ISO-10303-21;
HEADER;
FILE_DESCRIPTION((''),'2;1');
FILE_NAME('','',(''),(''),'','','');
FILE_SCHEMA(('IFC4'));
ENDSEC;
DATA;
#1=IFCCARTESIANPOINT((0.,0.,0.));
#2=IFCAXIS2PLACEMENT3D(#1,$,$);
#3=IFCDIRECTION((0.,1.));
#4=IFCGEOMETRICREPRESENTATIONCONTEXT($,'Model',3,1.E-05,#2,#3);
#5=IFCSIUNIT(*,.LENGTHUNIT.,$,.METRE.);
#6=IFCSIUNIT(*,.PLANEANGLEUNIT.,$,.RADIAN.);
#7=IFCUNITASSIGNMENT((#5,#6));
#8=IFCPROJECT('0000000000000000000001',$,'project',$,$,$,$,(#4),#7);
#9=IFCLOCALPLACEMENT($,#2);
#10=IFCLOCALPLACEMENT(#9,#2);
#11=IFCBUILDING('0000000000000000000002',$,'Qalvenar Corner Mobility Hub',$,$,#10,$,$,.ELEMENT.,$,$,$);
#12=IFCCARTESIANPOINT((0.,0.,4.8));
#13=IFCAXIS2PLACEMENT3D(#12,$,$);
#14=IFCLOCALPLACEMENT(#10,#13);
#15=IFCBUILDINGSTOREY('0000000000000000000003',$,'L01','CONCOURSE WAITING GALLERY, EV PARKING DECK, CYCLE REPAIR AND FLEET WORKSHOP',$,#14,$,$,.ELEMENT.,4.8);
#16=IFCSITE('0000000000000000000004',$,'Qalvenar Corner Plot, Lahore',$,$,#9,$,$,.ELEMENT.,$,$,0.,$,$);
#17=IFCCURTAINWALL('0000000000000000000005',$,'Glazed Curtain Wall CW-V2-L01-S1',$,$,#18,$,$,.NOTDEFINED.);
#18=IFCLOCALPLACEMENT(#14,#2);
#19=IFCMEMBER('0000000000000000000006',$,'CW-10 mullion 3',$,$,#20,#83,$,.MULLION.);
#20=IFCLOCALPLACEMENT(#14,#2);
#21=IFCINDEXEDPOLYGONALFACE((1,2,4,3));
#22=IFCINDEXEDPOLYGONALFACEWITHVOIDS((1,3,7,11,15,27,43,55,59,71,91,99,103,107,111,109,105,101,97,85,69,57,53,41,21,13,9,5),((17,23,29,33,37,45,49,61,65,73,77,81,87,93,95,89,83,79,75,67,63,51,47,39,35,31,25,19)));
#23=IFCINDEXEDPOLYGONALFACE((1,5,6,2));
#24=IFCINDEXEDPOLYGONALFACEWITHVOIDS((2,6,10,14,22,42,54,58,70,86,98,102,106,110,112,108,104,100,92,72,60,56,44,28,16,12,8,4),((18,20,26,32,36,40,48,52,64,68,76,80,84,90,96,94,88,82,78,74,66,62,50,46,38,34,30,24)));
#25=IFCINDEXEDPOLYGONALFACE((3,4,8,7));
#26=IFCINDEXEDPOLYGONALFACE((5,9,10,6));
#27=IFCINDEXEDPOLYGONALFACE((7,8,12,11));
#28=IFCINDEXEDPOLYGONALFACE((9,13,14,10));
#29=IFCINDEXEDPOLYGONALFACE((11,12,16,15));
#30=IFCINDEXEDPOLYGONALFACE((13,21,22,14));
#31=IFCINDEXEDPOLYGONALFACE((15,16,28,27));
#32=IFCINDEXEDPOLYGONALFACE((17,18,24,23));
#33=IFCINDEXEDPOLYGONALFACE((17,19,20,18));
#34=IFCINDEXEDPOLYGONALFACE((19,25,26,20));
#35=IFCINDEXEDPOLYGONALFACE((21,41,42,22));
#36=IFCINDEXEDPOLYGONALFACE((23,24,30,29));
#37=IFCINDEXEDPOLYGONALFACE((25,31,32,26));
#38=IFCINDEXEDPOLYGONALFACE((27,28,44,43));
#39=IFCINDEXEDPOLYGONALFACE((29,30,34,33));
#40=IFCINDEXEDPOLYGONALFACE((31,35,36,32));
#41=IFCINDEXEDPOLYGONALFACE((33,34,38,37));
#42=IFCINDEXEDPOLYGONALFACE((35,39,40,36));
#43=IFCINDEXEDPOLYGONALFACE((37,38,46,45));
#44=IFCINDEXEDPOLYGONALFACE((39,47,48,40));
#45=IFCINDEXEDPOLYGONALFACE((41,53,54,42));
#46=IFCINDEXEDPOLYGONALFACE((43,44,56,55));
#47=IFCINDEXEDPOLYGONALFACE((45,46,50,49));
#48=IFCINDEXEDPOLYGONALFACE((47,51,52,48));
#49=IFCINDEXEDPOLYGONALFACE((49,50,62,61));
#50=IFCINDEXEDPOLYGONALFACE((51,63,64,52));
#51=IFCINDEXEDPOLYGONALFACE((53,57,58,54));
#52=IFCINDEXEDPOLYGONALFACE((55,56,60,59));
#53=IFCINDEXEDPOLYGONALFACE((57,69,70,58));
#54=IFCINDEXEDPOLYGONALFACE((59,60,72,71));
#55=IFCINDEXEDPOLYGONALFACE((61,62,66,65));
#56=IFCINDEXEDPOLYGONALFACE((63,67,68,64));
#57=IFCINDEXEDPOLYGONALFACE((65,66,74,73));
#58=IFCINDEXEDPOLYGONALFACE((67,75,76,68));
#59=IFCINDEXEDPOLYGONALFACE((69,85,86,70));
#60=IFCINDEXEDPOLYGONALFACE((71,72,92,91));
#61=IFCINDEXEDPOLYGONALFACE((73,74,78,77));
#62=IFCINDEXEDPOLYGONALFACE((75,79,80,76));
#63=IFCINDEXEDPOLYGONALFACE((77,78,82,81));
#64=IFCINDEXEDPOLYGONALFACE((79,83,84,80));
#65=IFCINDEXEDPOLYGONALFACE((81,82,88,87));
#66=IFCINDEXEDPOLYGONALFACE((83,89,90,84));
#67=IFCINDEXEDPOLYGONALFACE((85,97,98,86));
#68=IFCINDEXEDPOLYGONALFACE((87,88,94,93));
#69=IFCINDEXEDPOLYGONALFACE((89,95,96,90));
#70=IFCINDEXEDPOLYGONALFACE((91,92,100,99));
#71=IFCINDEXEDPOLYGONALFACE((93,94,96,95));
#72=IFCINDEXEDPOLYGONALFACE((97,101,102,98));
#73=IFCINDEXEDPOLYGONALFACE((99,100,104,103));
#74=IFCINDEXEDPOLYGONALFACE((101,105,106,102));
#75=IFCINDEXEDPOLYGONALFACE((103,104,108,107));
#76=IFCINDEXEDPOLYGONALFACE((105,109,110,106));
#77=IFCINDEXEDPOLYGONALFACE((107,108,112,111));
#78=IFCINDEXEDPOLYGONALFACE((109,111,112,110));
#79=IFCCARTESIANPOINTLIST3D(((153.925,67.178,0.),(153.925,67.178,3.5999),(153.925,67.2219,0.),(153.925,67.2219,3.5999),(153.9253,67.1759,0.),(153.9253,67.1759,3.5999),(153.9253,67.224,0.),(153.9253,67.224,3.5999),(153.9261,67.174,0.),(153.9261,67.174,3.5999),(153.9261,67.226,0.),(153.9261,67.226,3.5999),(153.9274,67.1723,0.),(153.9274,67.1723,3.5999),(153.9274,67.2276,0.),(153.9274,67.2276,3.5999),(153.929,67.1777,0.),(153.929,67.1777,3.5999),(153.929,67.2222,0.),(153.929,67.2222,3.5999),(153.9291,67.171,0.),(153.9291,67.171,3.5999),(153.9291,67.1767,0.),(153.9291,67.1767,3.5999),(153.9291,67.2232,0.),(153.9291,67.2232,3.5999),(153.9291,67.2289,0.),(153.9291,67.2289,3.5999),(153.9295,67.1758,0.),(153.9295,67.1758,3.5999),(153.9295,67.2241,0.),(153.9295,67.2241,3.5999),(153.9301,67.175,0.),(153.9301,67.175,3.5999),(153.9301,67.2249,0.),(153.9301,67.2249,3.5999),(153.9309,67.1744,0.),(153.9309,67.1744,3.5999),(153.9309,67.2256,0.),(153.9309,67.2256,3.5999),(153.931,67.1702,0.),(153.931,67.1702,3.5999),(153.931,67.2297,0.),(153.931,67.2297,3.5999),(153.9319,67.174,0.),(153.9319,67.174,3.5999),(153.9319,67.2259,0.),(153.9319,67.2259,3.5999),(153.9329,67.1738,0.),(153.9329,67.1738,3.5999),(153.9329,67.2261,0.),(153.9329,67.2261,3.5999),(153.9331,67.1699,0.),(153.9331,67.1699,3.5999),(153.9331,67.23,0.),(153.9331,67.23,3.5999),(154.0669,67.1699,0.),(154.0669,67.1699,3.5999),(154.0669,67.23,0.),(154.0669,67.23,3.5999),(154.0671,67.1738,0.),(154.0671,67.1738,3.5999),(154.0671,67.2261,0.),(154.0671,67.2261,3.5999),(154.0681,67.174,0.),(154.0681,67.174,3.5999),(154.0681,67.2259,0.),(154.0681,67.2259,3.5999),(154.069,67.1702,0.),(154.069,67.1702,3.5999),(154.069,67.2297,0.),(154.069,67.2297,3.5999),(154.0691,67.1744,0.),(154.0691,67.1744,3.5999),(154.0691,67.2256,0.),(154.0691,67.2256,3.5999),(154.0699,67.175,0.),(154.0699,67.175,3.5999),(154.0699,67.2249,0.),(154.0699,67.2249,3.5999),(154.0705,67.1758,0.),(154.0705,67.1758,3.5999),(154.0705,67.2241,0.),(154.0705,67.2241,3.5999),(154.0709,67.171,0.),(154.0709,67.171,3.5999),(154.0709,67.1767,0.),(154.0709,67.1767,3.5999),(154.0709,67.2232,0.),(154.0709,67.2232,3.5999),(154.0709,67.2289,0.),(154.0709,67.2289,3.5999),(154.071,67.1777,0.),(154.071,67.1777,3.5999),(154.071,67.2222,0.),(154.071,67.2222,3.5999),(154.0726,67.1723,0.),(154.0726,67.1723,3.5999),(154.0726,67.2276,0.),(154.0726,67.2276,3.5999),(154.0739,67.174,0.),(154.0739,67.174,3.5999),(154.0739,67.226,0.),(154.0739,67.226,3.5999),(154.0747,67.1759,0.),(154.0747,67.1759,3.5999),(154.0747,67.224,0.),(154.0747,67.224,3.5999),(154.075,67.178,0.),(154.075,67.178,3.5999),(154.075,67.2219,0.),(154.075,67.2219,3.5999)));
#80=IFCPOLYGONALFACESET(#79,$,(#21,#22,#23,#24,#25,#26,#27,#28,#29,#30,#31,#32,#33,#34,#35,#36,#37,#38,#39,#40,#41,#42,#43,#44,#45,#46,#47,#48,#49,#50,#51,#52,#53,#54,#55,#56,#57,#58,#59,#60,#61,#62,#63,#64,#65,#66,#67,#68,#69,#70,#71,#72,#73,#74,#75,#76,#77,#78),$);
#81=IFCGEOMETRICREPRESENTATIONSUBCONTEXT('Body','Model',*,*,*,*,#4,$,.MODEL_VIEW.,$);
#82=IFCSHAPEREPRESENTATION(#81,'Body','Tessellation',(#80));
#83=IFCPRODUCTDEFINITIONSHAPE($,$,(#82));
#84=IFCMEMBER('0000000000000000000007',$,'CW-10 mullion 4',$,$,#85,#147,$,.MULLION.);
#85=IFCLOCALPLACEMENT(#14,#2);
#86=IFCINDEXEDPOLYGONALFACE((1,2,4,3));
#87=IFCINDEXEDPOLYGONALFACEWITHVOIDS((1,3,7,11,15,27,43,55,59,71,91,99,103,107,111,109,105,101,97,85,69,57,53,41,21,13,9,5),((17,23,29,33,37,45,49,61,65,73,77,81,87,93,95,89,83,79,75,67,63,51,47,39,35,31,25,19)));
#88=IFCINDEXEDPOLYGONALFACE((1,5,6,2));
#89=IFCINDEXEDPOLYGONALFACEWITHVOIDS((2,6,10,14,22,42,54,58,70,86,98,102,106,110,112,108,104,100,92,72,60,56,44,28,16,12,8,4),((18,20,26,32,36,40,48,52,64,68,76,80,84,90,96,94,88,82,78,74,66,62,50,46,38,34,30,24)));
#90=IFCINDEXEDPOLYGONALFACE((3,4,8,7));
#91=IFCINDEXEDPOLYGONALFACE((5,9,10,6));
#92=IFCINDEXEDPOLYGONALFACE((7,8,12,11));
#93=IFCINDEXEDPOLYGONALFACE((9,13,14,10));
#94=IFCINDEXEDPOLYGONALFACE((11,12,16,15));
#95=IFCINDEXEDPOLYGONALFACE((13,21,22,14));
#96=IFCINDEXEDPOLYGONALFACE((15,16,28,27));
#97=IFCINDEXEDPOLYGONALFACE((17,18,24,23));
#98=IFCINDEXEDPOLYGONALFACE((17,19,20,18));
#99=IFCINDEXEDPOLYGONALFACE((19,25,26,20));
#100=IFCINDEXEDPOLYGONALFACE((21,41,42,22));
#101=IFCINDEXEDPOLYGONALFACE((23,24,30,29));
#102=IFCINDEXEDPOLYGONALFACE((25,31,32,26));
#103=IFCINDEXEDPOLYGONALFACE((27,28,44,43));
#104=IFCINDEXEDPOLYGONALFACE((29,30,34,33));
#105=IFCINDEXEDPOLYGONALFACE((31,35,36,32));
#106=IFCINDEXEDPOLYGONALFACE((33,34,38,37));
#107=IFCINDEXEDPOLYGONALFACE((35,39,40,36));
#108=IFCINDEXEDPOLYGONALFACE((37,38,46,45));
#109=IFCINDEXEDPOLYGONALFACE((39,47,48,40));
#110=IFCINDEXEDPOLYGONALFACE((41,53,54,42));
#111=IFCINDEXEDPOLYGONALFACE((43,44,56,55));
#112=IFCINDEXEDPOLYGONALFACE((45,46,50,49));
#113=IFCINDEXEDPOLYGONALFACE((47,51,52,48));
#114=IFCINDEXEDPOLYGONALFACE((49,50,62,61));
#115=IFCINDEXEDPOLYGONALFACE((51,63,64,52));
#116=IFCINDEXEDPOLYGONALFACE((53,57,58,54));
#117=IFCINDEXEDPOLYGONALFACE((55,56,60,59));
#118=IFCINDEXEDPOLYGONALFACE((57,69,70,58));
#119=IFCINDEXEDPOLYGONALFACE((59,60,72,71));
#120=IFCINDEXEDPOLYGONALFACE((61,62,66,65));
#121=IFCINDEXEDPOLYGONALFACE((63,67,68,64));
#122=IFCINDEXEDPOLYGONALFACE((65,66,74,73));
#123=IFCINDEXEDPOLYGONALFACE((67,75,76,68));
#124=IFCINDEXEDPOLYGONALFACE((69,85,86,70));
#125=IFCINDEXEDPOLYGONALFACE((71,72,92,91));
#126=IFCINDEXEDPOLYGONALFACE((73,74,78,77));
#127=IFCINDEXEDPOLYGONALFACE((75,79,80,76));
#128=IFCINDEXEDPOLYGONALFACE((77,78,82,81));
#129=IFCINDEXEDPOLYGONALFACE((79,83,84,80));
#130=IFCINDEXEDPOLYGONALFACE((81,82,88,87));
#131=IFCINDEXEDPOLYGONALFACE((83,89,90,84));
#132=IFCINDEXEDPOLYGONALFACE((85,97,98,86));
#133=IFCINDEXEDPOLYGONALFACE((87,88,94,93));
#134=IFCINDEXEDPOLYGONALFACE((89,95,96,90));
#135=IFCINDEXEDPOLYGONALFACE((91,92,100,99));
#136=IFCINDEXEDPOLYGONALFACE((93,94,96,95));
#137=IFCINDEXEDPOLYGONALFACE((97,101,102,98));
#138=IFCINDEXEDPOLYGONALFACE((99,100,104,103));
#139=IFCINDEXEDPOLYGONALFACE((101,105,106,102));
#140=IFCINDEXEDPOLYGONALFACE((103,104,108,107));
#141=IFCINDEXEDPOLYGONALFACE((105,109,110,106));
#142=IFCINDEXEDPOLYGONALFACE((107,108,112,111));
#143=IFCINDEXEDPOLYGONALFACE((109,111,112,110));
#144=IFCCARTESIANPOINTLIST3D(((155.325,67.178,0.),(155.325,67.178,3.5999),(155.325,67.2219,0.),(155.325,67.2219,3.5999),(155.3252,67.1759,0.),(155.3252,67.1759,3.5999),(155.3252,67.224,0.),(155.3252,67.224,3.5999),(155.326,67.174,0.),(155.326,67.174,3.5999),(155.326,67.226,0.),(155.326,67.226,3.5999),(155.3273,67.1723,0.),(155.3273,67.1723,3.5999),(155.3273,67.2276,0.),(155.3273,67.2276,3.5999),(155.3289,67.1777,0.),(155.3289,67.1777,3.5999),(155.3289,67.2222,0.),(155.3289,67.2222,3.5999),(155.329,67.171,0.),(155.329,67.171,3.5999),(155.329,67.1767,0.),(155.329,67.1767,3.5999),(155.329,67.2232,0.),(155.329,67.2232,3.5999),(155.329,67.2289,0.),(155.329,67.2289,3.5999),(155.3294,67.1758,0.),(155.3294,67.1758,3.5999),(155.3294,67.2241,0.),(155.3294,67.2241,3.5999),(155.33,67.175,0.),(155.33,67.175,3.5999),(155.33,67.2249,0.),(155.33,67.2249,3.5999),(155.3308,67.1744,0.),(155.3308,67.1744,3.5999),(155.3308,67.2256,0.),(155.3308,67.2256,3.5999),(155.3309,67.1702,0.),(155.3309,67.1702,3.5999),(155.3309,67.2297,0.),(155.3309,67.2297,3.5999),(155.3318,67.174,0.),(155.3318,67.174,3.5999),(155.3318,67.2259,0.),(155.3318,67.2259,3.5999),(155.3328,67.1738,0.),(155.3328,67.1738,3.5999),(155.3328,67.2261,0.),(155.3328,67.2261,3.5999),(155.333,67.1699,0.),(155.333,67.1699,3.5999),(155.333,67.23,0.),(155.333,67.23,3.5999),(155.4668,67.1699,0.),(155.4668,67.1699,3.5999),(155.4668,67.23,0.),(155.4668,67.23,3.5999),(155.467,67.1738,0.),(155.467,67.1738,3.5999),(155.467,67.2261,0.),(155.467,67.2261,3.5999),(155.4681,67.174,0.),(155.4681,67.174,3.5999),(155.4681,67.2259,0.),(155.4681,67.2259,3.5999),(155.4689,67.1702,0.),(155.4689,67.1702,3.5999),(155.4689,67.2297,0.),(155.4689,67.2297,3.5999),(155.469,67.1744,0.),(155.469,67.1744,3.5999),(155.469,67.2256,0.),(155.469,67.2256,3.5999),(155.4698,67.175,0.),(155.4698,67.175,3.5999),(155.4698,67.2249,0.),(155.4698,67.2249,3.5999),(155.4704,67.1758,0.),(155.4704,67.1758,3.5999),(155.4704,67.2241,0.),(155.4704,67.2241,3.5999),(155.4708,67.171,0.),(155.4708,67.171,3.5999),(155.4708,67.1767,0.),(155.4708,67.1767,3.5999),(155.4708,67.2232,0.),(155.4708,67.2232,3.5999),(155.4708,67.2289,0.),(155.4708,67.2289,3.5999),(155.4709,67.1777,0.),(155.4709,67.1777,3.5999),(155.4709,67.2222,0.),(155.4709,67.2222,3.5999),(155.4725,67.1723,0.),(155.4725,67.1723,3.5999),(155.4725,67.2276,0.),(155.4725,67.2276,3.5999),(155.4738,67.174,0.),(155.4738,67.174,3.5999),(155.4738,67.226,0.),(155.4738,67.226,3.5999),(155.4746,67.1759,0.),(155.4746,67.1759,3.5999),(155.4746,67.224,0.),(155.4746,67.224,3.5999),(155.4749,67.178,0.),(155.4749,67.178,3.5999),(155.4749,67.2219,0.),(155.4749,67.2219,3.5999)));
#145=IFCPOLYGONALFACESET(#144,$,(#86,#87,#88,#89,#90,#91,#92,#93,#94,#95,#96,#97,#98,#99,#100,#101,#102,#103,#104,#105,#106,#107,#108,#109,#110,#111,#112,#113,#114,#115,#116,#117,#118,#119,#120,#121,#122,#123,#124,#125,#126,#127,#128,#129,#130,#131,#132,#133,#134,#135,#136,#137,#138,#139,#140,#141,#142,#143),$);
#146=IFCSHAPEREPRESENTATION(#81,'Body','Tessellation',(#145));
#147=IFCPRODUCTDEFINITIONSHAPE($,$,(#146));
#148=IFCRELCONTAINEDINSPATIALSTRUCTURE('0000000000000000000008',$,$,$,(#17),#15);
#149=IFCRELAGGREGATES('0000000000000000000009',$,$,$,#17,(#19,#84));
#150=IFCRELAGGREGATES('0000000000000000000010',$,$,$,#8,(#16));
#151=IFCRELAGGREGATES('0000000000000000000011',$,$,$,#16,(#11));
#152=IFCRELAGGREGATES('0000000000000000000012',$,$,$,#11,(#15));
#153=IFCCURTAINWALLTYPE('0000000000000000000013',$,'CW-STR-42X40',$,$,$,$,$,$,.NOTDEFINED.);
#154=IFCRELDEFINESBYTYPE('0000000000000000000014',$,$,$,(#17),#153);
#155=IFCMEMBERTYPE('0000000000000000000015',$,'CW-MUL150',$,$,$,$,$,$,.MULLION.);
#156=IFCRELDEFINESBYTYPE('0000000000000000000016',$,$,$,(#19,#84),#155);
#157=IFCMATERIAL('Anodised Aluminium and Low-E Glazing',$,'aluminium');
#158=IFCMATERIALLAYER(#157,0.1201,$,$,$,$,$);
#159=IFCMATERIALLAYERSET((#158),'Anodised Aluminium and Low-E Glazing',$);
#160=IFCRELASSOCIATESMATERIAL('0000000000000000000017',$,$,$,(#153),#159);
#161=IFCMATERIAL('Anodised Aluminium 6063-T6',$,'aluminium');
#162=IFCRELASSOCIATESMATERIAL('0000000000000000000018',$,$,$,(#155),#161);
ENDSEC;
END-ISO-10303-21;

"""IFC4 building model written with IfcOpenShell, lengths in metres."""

from ifc_helpers import new_model, si_unit, direction, frame, origin, origin_2d, place, context, subcontext, project, spatial, hollow_rectangle, extrude, material, layer, layer_set, material_profile, profile_set, type_object, element, aggregate, save


model = new_model("IFC4")

# Units and contexts
model_context = context("Model", 3, precision=1e-05, world=origin(), true_north=direction((0.0, 1.0)))
body_context = subcontext(model_context, "Body", "Model", "MODEL_VIEW")
ifc_project = project(units=[si_unit("LENGTHUNIT", "METRE"), si_unit("PLANEANGLEUNIT", "RADIAN")], contexts=[model_context])

# Site, building, storey
site_placement = place(None, origin())
site = spatial("IfcSite", under=ifc_project, at=site_placement, Name="Qalvenar Corner Plot, Lahore", CompositionType="ELEMENT", RefElevation=0.0)
building_placement = place(site_placement, origin())
building = spatial("IfcBuilding", under=site, at=building_placement, Name="Qalvenar Corner Mobility Hub", CompositionType="ELEMENT")
storey_placement = place(building_placement, frame((0.0, 0.0, 4.8)))
storey = spatial("IfcBuildingStorey", under=building, at=storey_placement, Name="L01", Description="CONCOURSE WAITING GALLERY, EV PARKING DECK, CYCLE REPAIR AND FLEET WORKSHOP", CompositionType="ELEMENT", Elevation=4.8)

# Curtain wall, members
ifc_material_1 = material(Name="Anodised Aluminium and Low-E Glazing", Category="aluminium")
ifc_layer_1 = layer(ifc_material_1, 0.1201)
ifc_layer_set_1 = layer_set([ifc_layer_1], Name="Anodised Aluminium and Low-E Glazing")
curtain_wall_type = type_object("IfcCurtainWallType", Name="CW-STR-42X40", PredefinedType="NOTDEFINED", material=ifc_layer_set_1)
curtain_wall_placement = place(storey_placement, origin())
curtain_wall = element("IfcCurtainWall", 1, at=curtain_wall_placement, inside=storey, type_object=curtain_wall_type, Name="Glazed Curtain Wall CW-V2-L01-S1", PredefinedType="NOTDEFINED")
ifc_material_2 = material(Name="Anodised Aluminium 6063-T6", Category="aluminium")
ifc_material_profile_1 = material_profile(ifc_material_2, hollow_rectangle(XDim=0.0601, YDim=0.1499, WallThickness=0.0039, InnerFilletRadius=0.0039, OuterFilletRadius=0.0081, at=origin_2d()), Name="RHS150x60x4")
ifc_profile_set_1 = profile_set([ifc_material_profile_1], Name="Anodised Aluminium 6063-T6")
member_type_1 = type_object("IfcMemberType", Name="CW-MUL150", PredefinedType="MULLION", material=ifc_profile_set_1)
member_1_placement = place(storey_placement, frame((154.0, 67.2, 0.0), z_axis=(0.0, 0.0, 1.0), x_axis=(0.0, 1.0, 0.0)))
member_1 = element("IfcMember", 2, at=member_1_placement, type_object=member_type_1, Name="CW-10 mullion 3", PredefinedType="MULLION", context=body_context, shape_type="SweptSolid", body=[
    extrude(hollow_rectangle(XDim=0.0601, YDim=0.1499, WallThickness=0.0039, InnerFilletRadius=0.0039, OuterFilletRadius=0.0081, at=origin_2d()), origin(), (0.0, 0.0, 1.0), 3.5999),
])
member_2_placement = place(storey_placement, frame((155.3999, 67.2, 0.0), z_axis=(0.0, 0.0, 1.0), x_axis=(0.0, 1.0, 0.0)))
member_2 = element("IfcMember", 3, at=member_2_placement, type_object=member_type_1, Name="CW-10 mullion 4", PredefinedType="MULLION", context=body_context, shape_type="SweptSolid", body=[
    extrude(hollow_rectangle(XDim=0.0601, YDim=0.1499, WallThickness=0.0039, InnerFilletRadius=0.0039, OuterFilletRadius=0.0081, at=origin_2d()), origin(), (0.0, 0.0, 1.0), 3.5999),
])
aggregate(curtain_wall, [member_1, member_2])

save(model, "model.ifc")
